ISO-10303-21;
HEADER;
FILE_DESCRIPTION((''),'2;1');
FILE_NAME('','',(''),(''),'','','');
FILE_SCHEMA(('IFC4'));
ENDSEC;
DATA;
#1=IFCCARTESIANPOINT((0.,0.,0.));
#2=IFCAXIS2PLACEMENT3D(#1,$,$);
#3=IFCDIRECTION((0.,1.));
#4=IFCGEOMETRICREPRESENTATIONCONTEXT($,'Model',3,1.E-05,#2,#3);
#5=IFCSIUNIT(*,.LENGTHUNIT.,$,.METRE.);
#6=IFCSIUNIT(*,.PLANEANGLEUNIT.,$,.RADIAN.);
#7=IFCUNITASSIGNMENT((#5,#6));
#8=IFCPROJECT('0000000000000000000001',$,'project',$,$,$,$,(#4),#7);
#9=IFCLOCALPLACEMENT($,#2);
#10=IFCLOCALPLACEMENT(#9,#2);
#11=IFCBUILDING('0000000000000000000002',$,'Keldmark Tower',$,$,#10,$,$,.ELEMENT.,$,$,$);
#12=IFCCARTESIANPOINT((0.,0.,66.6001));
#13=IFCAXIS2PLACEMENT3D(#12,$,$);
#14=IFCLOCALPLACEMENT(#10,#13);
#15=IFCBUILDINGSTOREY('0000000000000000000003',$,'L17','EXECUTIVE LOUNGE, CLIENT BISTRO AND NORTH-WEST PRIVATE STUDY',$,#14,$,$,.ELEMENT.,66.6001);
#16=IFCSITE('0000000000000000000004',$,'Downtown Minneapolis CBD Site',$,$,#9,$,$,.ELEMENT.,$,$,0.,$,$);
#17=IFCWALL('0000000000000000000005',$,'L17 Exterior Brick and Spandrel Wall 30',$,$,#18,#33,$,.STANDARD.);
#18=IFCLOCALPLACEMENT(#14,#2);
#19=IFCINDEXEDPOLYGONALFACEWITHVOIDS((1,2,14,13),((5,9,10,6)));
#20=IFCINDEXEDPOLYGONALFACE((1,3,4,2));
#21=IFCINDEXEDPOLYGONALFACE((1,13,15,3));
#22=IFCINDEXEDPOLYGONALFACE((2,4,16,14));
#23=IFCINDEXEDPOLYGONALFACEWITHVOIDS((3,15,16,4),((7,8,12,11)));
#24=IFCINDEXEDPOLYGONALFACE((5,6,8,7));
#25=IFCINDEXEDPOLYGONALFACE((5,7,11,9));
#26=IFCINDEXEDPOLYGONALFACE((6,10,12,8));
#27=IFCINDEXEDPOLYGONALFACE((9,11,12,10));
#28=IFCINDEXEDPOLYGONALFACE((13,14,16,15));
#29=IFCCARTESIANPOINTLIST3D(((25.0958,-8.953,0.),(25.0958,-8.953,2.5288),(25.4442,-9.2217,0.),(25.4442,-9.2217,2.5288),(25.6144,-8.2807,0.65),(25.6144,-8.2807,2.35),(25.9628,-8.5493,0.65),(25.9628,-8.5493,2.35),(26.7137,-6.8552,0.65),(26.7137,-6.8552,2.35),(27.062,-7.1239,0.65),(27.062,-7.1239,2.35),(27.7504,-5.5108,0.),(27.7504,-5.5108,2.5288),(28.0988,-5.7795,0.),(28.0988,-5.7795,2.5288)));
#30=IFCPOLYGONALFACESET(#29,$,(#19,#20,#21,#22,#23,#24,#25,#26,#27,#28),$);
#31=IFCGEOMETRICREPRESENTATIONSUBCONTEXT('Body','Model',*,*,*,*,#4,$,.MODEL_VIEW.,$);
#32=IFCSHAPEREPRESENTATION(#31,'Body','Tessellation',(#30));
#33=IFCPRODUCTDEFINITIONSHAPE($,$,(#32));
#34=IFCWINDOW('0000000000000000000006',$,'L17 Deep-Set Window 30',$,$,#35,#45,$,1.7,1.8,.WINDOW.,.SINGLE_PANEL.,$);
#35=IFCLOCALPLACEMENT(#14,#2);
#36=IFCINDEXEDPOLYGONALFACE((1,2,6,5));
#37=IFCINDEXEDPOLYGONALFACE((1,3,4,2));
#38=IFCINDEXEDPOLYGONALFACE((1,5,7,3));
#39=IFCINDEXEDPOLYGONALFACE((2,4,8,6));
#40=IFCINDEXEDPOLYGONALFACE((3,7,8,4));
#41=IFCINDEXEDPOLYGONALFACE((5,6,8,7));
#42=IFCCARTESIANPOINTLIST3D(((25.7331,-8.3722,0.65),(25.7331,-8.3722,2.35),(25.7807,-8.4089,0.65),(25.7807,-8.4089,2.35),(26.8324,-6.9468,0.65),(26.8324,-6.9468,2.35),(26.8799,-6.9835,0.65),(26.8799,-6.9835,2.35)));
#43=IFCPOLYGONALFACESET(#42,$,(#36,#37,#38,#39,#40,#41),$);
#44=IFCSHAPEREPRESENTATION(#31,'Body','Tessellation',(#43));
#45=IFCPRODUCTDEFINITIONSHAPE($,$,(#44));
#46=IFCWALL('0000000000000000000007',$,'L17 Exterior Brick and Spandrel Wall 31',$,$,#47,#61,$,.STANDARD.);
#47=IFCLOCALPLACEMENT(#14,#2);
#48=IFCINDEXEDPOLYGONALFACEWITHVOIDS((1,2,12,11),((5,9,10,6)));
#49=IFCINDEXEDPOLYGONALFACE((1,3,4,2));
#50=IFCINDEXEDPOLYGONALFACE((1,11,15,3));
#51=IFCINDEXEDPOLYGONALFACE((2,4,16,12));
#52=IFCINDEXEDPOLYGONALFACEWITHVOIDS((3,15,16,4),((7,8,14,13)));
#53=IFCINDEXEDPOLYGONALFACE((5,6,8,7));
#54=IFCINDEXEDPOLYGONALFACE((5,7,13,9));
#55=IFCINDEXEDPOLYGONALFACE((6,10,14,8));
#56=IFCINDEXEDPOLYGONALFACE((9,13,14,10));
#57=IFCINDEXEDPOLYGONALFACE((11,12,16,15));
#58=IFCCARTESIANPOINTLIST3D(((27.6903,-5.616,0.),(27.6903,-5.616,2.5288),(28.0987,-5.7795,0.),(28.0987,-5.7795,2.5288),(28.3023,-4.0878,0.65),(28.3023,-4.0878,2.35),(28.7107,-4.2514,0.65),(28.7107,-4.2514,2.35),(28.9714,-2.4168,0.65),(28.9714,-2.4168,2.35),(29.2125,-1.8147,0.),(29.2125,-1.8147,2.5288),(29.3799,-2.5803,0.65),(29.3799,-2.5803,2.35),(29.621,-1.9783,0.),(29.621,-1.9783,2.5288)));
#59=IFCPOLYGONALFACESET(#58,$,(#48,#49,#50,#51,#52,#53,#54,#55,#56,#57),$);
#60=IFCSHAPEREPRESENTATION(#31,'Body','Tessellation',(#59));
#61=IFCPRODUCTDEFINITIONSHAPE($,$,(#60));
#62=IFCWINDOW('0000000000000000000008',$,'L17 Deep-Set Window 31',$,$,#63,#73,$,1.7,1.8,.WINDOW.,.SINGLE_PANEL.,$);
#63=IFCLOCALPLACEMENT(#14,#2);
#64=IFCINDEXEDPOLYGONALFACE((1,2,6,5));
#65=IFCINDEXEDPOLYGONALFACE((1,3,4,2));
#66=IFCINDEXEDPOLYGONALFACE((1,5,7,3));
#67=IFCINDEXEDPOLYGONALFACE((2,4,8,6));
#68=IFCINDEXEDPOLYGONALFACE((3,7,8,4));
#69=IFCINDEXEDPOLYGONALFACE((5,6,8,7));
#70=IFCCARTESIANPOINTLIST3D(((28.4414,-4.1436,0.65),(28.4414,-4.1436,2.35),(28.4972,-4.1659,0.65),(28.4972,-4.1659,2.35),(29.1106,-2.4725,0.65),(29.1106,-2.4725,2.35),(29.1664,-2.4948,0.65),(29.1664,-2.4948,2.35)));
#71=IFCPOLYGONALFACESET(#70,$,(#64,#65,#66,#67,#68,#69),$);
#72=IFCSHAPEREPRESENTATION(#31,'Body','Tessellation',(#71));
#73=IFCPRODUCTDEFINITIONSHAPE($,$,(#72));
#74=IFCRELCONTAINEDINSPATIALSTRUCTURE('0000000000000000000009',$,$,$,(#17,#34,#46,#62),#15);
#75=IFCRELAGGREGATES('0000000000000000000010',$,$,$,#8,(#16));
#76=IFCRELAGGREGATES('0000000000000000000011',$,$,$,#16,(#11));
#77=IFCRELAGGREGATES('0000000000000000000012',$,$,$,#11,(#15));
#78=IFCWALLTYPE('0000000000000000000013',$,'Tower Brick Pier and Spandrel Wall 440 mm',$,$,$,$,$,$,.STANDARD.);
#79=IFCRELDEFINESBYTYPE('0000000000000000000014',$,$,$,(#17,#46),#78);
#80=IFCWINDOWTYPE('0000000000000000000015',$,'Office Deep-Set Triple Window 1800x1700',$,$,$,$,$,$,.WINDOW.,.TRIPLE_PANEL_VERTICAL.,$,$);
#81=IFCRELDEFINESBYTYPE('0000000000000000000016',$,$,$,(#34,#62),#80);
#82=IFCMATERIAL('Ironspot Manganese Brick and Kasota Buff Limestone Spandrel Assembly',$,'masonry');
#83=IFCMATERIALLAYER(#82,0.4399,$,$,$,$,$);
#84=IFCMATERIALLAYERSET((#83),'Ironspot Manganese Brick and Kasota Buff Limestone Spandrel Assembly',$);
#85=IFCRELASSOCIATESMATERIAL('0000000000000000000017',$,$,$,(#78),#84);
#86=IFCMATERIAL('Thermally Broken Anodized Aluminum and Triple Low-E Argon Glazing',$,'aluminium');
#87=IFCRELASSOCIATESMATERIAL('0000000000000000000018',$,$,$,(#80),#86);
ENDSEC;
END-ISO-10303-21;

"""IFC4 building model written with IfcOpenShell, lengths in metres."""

from ifc_helpers import new_model, si_unit, direction, frame, frame_2d, origin, place, context, subcontext, project, spatial, rectangle, extrude, material, layer, layer_set, type_object, element, fill, save


model = new_model("IFC4")

# Units and contexts
model_context = context("Model", 3, precision=1e-05, world=origin(), true_north=direction((0.0, 1.0)))
body_context = subcontext(model_context, "Body", "Model", "MODEL_VIEW")
ifc_project = project(units=[si_unit("LENGTHUNIT", "METRE"), si_unit("PLANEANGLEUNIT", "RADIAN")], contexts=[model_context])

# Site, building, storey
site_placement = place(None, origin())
site = spatial("IfcSite", under=ifc_project, at=site_placement, Name="Downtown Minneapolis CBD Site", CompositionType="ELEMENT", RefElevation=0.0)
building_placement = place(site_placement, origin())
building = spatial("IfcBuilding", under=site, at=building_placement, Name="Keldmark Tower", CompositionType="ELEMENT")
storey_placement = place(building_placement, frame((0.0, 0.0, 66.6001)))
storey = spatial("IfcBuildingStorey", under=building, at=storey_placement, Name="L17", Description="EXECUTIVE LOUNGE, CLIENT BISTRO AND NORTH-WEST PRIVATE STUDY", CompositionType="ELEMENT", Elevation=66.6001)

# Walls, openings, windows
ifc_material_1 = material(Name="Ironspot Manganese Brick and Kasota Buff Limestone Spandrel Assembly", Category="masonry")
ifc_layer_1 = layer(ifc_material_1, 0.4399)
ifc_layer_set_1 = layer_set([ifc_layer_1], Name="Ironspot Manganese Brick and Kasota Buff Limestone Spandrel Assembly")
wall_type_1 = type_object("IfcWallType", Name="Tower Brick Pier and Spandrel Wall 440 mm", PredefinedType="STANDARD", material=ifc_layer_set_1)
wall_1_placement = place(storey_placement, frame((27.9246, -5.6453, 0.0), z_axis=(0.0, 0.0, 1.0), x_axis=(-0.610685, -0.791874, 0.0)))
wall_1 = element("IfcWall", 1, at=wall_1_placement, inside=storey, type_object=wall_type_1, Name="L17 Exterior Brick and Spandrel Wall 30", PredefinedType="STANDARD", context=body_context, shape_type="SweptSolid", body=[
    extrude(rectangle(XDim=4.3469, YDim=0.4399, at=frame_2d((2.1733, 0.0))), origin(), (0.0, 0.0, 1.0), 2.5288),
])
opening_1_placement = place(wall_1_placement, frame((1.6978, 0.0, 0.6499)))
opening_1 = element("IfcOpeningElement", 2, at=opening_1_placement, cuts=wall_1, PredefinedType="OPENING", context=body_context, shape_type="SweptSolid", body=[
    extrude(rectangle(XDim=1.8, YDim=1.7, at=frame_2d((0.8999, 0.8501))), frame((0.0, 0.23, 0.0), z_axis=(0.0, -1.0, 0.0), x_axis=(1.0, 0.0, 0.0)), (0.0, 0.0, 1.0), 0.46),
])
ifc_material_2 = material(Name="Thermally Broken Anodized Aluminum and Triple Low-E Argon Glazing", Category="aluminium")
window_type = type_object("IfcWindowType", Name="Office Deep-Set Triple Window 1800x1700", PartitioningType="TRIPLE_PANEL_VERTICAL", PredefinedType="WINDOW", material=ifc_material_2)
window_1_placement = place(opening_1_placement, origin())
window_1 = element("IfcWindow", 3, at=window_1_placement, inside=storey, type_object=window_type, Name="L17 Deep-Set Window 30", OverallHeight=1.7, OverallWidth=1.8, PartitioningType="SINGLE_PANEL", PredefinedType="WINDOW", context=body_context, shape_type="SweptSolid", body=[
    extrude(rectangle(XDim=1.8, YDim=1.7, at=frame_2d((0.8999, 0.8501))), frame((0.0, -0.01, 0.0), z_axis=(0.0, -1.0, 0.0), x_axis=(1.0, 0.0, 0.0)), (0.0, 0.0, 1.0), 0.0601),
])
fill(opening_1, window_1)
wall_2_placement = place(storey_placement, frame((29.4167, -1.8965, 0.0), z_axis=(0.0, 0.0, 1.0), x_axis=(-0.37175, -0.928333, 0.0)))
wall_2 = element("IfcWall", 4, at=wall_2_placement, inside=storey, type_object=wall_type_1, Name="L17 Exterior Brick and Spandrel Wall 31", PredefinedType="STANDARD", context=body_context, shape_type="SweptSolid", body=[
    extrude(rectangle(XDim=4.0947, YDim=0.4399, at=frame_2d((2.0474, 0.0))), origin(), (0.0, 0.0, 1.0), 2.5288),
])
opening_2_placement = place(wall_2_placement, frame((0.6487, 0.0, 0.6499)))
opening_2 = element("IfcOpeningElement", 5, at=opening_2_placement, cuts=wall_2, PredefinedType="OPENING", context=body_context, shape_type="SweptSolid", body=[
    extrude(rectangle(XDim=1.8, YDim=1.7, at=frame_2d((0.8999, 0.8501))), frame((0.0, 0.23, 0.0), z_axis=(0.0, -1.0, 0.0), x_axis=(1.0, 0.0, 0.0)), (0.0, 0.0, 1.0), 0.46),
])
window_2_placement = place(opening_2_placement, origin())
window_2 = element("IfcWindow", 6, at=window_2_placement, inside=storey, type_object=window_type, Name="L17 Deep-Set Window 31", OverallHeight=1.7, OverallWidth=1.8, PartitioningType="SINGLE_PANEL", PredefinedType="WINDOW", context=body_context, shape_type="SweptSolid", body=[
    extrude(rectangle(XDim=1.8, YDim=1.7, at=frame_2d((0.8999, 0.8501))), frame((0.0, -0.01, 0.0), z_axis=(0.0, -1.0, 0.0), x_axis=(1.0, 0.0, 0.0)), (0.0, 0.0, 1.0), 0.0601),
])
fill(opening_2, window_2)

save(model, "model.ifc")
